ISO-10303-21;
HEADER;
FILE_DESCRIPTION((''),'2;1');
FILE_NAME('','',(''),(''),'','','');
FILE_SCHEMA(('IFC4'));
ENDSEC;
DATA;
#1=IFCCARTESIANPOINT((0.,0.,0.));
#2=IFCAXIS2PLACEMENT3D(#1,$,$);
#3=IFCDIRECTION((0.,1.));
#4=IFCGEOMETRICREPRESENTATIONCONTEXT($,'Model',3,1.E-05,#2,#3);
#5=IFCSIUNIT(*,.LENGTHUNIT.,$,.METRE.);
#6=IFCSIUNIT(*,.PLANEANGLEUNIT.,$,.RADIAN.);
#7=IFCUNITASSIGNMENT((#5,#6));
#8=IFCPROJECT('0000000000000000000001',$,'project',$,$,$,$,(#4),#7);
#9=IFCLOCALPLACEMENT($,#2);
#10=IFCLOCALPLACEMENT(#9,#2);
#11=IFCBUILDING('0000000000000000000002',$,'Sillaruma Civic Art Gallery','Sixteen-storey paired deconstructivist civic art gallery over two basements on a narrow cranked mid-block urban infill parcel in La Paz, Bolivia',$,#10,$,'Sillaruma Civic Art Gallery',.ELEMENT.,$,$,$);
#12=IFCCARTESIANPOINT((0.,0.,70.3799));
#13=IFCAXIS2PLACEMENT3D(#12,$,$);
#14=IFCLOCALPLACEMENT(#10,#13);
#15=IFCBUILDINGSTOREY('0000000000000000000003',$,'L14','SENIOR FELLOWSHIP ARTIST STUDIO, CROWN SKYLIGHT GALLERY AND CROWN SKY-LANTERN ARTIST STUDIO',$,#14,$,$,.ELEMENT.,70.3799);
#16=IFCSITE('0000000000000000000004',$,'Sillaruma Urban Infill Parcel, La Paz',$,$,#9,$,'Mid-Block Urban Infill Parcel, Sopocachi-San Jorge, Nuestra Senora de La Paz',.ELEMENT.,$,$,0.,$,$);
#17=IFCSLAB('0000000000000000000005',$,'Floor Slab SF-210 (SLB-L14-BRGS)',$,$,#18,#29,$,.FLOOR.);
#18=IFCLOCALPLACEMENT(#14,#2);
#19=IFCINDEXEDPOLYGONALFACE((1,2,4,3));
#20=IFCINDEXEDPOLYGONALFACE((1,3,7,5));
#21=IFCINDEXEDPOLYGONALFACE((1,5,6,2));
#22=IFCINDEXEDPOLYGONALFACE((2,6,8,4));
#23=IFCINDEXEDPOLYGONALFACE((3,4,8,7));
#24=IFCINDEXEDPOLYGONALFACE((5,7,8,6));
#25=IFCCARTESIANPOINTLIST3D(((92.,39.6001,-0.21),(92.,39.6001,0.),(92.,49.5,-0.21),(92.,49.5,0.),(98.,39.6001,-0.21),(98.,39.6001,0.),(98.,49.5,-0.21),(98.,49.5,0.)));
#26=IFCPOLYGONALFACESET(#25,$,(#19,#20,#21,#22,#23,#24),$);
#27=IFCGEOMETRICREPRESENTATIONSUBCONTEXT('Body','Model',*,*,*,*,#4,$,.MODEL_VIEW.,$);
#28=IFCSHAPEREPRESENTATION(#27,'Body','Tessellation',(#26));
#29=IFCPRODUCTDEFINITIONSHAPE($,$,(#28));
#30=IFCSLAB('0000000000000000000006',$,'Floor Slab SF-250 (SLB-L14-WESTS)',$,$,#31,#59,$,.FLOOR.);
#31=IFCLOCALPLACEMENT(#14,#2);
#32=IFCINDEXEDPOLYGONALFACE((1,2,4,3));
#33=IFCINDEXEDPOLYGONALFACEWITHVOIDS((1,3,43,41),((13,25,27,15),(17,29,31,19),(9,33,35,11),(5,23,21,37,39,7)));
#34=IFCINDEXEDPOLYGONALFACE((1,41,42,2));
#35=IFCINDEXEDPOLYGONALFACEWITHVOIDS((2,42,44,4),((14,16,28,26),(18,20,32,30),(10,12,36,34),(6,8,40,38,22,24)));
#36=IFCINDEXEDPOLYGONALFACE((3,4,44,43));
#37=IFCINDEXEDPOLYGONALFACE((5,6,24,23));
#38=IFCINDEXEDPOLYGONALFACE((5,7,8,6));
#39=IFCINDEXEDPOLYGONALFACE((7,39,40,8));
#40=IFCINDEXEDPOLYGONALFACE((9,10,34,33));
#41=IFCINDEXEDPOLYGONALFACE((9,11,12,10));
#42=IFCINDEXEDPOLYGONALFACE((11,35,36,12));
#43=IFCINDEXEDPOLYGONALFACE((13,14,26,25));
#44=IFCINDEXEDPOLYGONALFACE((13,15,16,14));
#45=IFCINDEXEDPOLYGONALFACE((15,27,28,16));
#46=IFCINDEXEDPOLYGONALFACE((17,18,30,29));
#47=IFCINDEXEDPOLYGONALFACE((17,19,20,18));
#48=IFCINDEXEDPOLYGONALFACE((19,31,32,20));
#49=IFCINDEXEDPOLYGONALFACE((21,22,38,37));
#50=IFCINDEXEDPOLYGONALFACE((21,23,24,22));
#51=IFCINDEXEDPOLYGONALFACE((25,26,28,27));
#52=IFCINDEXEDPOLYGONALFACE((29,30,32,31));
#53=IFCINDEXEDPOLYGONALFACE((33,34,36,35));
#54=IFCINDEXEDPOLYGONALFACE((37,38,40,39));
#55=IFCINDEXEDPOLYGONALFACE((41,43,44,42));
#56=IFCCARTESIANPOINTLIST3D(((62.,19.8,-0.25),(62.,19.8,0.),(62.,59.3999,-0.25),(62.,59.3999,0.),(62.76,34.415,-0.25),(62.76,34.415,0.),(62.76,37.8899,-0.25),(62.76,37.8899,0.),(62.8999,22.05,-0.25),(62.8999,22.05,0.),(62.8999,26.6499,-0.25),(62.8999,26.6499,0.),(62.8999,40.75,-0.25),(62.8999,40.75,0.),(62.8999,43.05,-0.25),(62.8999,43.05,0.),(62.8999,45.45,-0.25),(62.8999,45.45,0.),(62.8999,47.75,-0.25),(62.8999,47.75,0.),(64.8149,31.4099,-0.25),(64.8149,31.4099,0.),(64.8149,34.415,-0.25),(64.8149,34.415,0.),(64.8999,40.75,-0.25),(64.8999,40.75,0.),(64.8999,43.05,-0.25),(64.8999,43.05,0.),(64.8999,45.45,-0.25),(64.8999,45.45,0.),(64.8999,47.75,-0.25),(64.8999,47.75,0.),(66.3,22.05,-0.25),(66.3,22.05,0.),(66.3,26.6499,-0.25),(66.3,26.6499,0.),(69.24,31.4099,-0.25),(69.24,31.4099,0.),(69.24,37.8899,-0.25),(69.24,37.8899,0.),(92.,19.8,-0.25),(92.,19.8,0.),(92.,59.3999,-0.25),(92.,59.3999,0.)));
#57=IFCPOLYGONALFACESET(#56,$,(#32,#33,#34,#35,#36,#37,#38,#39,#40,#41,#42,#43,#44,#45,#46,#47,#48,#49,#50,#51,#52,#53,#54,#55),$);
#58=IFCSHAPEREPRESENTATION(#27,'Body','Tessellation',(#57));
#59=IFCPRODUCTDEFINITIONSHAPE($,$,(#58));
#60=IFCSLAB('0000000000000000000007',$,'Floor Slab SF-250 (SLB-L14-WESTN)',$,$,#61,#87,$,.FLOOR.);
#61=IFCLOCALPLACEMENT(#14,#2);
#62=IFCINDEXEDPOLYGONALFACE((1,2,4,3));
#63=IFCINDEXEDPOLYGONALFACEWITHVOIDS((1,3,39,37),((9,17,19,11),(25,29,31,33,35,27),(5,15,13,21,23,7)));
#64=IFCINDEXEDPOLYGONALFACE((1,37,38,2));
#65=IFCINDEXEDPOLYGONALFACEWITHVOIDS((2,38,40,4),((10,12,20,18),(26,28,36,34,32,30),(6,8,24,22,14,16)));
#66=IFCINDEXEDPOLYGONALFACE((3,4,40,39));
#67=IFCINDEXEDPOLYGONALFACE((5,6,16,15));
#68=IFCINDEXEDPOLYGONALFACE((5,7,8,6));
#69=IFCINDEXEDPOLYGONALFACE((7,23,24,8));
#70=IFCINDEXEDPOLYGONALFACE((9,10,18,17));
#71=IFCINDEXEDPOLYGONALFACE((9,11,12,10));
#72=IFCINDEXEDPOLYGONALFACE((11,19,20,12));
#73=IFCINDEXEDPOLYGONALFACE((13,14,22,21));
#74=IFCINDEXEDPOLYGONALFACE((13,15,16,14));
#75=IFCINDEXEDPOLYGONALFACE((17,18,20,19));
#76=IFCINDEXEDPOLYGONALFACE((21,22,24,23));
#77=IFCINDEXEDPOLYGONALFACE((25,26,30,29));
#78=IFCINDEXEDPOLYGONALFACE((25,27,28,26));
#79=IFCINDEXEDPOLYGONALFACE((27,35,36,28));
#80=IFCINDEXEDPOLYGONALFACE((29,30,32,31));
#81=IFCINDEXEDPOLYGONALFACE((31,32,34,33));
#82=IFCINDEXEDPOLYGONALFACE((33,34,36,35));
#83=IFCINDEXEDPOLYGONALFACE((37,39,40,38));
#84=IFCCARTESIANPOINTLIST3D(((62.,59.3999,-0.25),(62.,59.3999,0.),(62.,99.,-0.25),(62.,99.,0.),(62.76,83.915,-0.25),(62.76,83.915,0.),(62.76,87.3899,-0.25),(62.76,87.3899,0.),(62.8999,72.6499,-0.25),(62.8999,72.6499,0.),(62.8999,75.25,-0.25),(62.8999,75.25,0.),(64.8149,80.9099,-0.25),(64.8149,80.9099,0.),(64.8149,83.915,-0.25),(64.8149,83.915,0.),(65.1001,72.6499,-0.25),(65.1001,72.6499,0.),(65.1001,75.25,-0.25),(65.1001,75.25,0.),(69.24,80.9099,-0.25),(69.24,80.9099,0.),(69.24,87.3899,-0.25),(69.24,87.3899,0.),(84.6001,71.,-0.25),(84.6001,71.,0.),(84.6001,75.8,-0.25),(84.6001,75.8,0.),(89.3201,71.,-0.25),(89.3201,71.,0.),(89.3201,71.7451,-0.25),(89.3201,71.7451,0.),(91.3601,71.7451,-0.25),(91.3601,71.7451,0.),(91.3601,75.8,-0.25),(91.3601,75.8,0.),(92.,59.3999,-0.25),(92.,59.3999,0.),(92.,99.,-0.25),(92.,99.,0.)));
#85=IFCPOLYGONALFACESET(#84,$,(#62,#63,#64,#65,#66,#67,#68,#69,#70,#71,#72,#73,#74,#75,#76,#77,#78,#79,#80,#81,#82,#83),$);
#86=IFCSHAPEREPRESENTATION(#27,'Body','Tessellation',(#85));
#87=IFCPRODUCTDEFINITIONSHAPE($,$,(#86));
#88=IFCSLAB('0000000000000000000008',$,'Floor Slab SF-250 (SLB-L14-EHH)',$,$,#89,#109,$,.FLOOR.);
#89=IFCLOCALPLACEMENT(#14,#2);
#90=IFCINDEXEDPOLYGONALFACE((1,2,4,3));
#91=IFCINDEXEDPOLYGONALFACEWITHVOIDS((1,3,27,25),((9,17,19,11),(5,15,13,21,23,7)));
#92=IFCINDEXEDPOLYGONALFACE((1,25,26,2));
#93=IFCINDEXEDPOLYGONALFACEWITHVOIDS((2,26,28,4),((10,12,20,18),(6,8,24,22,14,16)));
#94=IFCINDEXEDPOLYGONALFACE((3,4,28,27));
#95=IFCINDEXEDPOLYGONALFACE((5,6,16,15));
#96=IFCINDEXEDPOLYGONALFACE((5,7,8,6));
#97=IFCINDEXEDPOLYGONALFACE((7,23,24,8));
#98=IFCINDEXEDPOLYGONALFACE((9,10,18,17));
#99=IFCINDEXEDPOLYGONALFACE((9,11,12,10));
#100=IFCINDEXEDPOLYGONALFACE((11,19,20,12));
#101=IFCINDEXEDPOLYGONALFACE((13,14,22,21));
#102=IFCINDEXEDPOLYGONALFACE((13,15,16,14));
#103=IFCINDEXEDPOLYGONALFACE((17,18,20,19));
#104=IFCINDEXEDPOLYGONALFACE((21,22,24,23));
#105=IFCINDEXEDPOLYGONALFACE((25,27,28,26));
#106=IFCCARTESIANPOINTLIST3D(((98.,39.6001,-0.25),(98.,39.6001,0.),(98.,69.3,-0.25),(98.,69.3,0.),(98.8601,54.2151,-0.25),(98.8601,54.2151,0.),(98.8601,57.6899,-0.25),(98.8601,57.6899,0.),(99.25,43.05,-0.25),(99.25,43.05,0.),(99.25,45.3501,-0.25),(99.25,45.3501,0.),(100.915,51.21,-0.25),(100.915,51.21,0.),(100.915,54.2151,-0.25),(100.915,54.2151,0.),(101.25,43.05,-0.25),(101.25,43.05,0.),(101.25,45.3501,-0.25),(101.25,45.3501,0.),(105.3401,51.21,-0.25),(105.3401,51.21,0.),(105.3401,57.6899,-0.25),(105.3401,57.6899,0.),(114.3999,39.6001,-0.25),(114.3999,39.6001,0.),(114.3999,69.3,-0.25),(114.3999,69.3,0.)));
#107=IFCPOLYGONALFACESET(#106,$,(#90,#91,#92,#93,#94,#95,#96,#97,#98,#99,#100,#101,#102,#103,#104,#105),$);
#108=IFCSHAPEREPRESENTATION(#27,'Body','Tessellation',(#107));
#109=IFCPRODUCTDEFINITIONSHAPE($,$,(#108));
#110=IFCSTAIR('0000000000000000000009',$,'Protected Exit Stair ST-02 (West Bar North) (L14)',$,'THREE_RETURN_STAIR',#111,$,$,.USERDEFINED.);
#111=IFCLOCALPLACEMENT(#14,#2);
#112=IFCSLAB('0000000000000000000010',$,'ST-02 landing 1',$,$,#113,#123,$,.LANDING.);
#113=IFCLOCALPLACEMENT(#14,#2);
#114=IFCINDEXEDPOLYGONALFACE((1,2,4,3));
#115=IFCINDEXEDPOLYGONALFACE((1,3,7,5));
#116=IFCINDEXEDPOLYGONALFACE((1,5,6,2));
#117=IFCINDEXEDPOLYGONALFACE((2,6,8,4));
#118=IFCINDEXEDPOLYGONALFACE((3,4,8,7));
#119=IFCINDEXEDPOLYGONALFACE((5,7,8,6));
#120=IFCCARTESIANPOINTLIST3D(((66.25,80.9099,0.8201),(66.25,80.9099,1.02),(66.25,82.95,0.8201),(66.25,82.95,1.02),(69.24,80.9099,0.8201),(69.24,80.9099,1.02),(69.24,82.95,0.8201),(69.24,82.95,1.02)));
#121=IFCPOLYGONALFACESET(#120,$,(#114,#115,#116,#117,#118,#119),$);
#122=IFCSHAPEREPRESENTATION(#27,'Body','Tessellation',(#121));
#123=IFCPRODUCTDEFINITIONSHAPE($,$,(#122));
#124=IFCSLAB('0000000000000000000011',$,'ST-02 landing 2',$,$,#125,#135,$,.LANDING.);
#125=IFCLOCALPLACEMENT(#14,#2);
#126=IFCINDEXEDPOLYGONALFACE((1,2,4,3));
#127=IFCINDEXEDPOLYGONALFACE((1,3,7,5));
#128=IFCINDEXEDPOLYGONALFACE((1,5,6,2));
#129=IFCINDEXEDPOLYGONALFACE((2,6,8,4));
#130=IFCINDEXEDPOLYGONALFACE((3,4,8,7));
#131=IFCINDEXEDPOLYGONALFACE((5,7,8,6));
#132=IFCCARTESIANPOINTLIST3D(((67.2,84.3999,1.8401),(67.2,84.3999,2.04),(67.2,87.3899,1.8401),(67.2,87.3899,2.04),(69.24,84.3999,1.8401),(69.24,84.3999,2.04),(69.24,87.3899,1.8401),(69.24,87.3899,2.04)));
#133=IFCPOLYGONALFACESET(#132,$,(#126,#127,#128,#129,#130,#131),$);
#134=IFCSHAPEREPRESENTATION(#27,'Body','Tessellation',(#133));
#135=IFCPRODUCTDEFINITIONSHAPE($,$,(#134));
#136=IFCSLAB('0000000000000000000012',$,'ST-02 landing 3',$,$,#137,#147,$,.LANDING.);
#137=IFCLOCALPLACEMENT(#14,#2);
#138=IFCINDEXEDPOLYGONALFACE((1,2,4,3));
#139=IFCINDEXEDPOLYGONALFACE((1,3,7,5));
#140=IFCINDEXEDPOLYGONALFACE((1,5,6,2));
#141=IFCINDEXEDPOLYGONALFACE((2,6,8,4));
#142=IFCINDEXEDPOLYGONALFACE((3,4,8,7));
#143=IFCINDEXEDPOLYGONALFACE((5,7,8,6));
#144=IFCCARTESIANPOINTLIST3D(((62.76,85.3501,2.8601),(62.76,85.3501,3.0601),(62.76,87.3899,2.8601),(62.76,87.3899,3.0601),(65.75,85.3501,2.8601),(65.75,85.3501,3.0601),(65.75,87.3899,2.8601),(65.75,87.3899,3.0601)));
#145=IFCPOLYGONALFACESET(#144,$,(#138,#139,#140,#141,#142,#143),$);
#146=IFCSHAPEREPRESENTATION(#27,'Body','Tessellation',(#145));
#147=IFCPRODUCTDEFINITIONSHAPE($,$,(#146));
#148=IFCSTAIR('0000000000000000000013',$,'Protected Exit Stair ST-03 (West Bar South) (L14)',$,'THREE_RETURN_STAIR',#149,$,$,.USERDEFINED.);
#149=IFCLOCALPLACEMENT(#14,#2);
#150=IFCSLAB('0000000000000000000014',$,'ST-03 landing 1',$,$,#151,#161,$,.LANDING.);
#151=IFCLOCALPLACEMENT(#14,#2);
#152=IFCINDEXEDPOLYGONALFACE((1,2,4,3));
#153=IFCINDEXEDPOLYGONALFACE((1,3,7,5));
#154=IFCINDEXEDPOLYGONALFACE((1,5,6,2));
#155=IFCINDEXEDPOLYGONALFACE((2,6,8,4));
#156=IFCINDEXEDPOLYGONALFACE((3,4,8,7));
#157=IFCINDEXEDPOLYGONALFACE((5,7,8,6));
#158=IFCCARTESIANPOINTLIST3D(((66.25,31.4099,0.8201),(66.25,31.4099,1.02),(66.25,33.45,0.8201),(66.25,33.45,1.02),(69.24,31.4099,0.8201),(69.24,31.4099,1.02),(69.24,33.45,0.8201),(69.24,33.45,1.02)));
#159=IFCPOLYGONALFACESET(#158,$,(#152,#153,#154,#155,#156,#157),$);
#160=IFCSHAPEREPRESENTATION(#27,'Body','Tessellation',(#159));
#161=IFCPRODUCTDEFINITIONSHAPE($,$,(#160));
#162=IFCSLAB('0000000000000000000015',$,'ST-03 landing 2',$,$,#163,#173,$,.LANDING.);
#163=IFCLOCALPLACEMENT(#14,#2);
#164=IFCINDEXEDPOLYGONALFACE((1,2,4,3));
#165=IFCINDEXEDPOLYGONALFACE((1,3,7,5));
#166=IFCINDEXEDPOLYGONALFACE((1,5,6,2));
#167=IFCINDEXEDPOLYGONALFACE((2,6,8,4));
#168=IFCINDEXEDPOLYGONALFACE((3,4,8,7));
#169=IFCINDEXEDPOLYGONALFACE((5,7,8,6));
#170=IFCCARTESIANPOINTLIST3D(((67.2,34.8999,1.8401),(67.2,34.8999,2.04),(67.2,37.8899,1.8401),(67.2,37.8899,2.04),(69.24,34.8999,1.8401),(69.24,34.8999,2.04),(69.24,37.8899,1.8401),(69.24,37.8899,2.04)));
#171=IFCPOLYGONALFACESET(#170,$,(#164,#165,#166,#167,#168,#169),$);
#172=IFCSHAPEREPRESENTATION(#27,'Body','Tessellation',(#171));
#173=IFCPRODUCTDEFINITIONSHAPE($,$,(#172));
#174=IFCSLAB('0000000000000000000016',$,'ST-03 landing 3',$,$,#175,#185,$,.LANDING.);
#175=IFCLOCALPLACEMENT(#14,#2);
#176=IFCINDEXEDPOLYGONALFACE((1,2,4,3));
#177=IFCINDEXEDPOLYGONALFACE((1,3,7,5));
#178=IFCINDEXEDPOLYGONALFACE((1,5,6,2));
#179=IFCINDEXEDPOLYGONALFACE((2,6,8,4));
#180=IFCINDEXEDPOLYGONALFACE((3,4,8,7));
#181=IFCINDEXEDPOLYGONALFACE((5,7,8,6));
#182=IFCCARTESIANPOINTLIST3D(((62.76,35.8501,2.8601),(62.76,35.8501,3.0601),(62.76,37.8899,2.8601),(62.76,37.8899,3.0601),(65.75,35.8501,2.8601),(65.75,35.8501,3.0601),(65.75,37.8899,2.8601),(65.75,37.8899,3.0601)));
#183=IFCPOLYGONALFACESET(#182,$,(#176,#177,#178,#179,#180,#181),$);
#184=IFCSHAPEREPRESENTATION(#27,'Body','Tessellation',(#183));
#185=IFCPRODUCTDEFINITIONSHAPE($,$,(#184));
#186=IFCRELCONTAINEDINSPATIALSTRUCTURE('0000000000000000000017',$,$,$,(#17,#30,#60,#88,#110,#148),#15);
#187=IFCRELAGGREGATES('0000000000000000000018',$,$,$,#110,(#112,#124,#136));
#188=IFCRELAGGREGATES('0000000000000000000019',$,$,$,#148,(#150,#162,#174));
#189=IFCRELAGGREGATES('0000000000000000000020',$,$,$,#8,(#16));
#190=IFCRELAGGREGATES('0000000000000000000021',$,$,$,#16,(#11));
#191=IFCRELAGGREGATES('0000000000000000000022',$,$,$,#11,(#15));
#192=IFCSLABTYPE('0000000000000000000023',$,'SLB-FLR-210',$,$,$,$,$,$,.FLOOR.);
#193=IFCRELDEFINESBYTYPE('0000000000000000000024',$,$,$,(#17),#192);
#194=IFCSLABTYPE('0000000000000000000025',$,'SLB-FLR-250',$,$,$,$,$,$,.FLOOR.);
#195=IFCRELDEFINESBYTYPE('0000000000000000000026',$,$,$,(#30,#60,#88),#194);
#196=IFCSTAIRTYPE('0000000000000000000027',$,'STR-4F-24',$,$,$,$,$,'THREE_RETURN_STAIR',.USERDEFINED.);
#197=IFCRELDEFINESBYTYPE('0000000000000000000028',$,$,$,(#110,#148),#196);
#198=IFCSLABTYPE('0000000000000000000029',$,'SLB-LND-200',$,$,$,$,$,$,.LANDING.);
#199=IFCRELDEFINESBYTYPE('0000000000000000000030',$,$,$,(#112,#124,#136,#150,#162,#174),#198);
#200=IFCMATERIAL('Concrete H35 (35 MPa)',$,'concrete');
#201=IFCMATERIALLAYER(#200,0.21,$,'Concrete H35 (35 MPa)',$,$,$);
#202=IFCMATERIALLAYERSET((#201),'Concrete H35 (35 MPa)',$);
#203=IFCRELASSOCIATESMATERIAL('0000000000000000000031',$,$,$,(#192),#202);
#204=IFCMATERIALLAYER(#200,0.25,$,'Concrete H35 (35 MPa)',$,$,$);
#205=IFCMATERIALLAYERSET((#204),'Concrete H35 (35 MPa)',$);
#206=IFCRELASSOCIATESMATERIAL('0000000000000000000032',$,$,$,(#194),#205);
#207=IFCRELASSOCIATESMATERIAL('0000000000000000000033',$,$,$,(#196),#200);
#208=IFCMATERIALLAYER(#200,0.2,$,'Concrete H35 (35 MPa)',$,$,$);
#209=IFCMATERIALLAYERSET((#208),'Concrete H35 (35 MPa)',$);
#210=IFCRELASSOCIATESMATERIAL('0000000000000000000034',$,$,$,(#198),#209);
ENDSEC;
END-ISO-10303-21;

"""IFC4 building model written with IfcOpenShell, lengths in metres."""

from ifc_helpers import new_model, si_unit, direction, frame, origin, place, context, subcontext, project, spatial, polyline, outline, extrude, material, layer, layer_set, type_object, element, aggregate, save


model = new_model("IFC4")

# Units and contexts
model_context = context("Model", 3, precision=1e-05, world=origin(), true_north=direction((0.0, 1.0)))
body_context = subcontext(model_context, "Body", "Model", "MODEL_VIEW")
ifc_project = project(units=[si_unit("LENGTHUNIT", "METRE"), si_unit("PLANEANGLEUNIT", "RADIAN")], contexts=[model_context])

# Site, building, storey
site_placement = place(None, origin())
site = spatial("IfcSite", under=ifc_project, at=site_placement, Name="Sillaruma Urban Infill Parcel, La Paz", LongName="Mid-Block Urban Infill Parcel, Sopocachi-San Jorge, Nuestra Senora de La Paz", CompositionType="ELEMENT", RefElevation=0.0)
building_placement = place(site_placement, origin())
building = spatial("IfcBuilding", under=site, at=building_placement, Name="Sillaruma Civic Art Gallery", Description="Sixteen-storey paired deconstructivist civic art gallery over two basements on a narrow cranked mid-block urban infill parcel in La Paz, Bolivia", LongName="Sillaruma Civic Art Gallery", CompositionType="ELEMENT")
storey_placement = place(building_placement, frame((0.0, 0.0, 70.3799)))
storey = spatial("IfcBuildingStorey", under=building, at=storey_placement, Name="L14", Description="SENIOR FELLOWSHIP ARTIST STUDIO, CROWN SKYLIGHT GALLERY AND CROWN SKY-LANTERN ARTIST STUDIO", CompositionType="ELEMENT", Elevation=70.3799)

# Shared definitions
ifc_material_1 = material(Name="Concrete H35 (35 MPa)", Category="concrete")

# Slabs
ifc_layer_1 = layer(ifc_material_1, 0.21, Name="Concrete H35 (35 MPa)")
ifc_layer_set_1 = layer_set([ifc_layer_1], Name="Concrete H35 (35 MPa)")
slab_type_1 = type_object("IfcSlabType", Name="SLB-FLR-210", PredefinedType="FLOOR", material=ifc_layer_set_1)
slab_1_placement = place(storey_placement, frame((0.0, 0.0, -0.21)))
element("IfcSlab", 1, at=slab_1_placement, inside=storey, type_object=slab_type_1, Name="Floor Slab SF-210 (SLB-L14-BRGS)", PredefinedType="FLOOR", context=body_context, shape_type="SweptSolid", body=[
    extrude(outline(polyline([(92.0, 39.6001), (98.0, 39.6001), (98.0, 49.5), (92.0, 49.5), (92.0, 39.6001)])), origin(), (0.0, 0.0, 1.0), 0.21),
])
ifc_layer_2 = layer(ifc_material_1, 0.25, Name="Concrete H35 (35 MPa)")
ifc_layer_set_2 = layer_set([ifc_layer_2], Name="Concrete H35 (35 MPa)")
slab_type_2 = type_object("IfcSlabType", Name="SLB-FLR-250", PredefinedType="FLOOR", material=ifc_layer_set_2)
slab_2_placement = place(storey_placement, frame((0.0, 0.0, -0.25)))
element("IfcSlab", 2, at=slab_2_placement, inside=storey, type_object=slab_type_2, Name="Floor Slab SF-250 (SLB-L14-WESTS)", PredefinedType="FLOOR", context=body_context, shape_type="SweptSolid", body=[
    extrude(outline(polyline([(62.0, 19.8), (92.0, 19.8), (92.0, 59.3999), (62.0, 59.3999), (62.0, 19.8)]), holes=[polyline([(64.8149, 31.4099), (69.24, 31.4099), (69.24, 37.8899), (62.76, 37.8899), (62.76, 34.415), (64.8149, 34.415), (64.8149, 31.4099)]), polyline([(62.8999, 40.75), (64.8999, 40.75), (64.8999, 43.05), (62.8999, 43.05), (62.8999, 40.75)]), polyline([(62.8999, 45.45), (64.8999, 45.45), (64.8999, 47.75), (62.8999, 47.75), (62.8999, 45.45)]), polyline([(62.8999, 22.05), (66.3, 22.05), (66.3, 26.6499), (62.8999, 26.6499), (62.8999, 22.05)])]), origin(), (0.0, 0.0, 1.0), 0.25),
])
slab_3_placement = place(storey_placement, frame((0.0, 0.0, -0.25)))
element("IfcSlab", 3, at=slab_3_placement, inside=storey, type_object=slab_type_2, Name="Floor Slab SF-250 (SLB-L14-WESTN)", PredefinedType="FLOOR", context=body_context, shape_type="SweptSolid", body=[
    extrude(outline(polyline([(62.0, 59.3999), (92.0, 59.3999), (92.0, 99.0), (62.0, 99.0), (62.0, 59.3999)]), holes=[polyline([(64.8149, 80.9099), (69.24, 80.9099), (69.24, 87.3899), (62.76, 87.3899), (62.76, 83.915), (64.8149, 83.915), (64.8149, 80.9099)]), polyline([(84.6001, 71.0), (89.3201, 71.0), (89.3201, 71.7451), (91.3601, 71.7451), (91.3601, 75.8), (84.6001, 75.8), (84.6001, 71.0)]), polyline([(62.8999, 72.6499), (65.1001, 72.6499), (65.1001, 75.25), (62.8999, 75.25), (62.8999, 72.6499)])]), origin(), (0.0, 0.0, 1.0), 0.25),
])
slab_4_placement = place(storey_placement, frame((0.0, 0.0, -0.25)))
element("IfcSlab", 4, at=slab_4_placement, inside=storey, type_object=slab_type_2, Name="Floor Slab SF-250 (SLB-L14-EHH)", PredefinedType="FLOOR", context=body_context, shape_type="SweptSolid", body=[
    extrude(outline(polyline([(98.0, 39.6001), (114.3999, 39.6001), (114.3999, 69.3), (98.0, 69.3), (98.0, 39.6001)]), holes=[polyline([(100.915, 51.21), (105.3401, 51.21), (105.3401, 57.6899), (98.8601, 57.6899), (98.8601, 54.2151), (100.915, 54.2151), (100.915, 51.21)]), polyline([(99.25, 43.05), (101.25, 43.05), (101.25, 45.3501), (99.25, 45.3501), (99.25, 43.05)])]), origin(), (0.0, 0.0, 1.0), 0.25),
])

# Stairs, slabs
stair_type = type_object("IfcStairType", Name="STR-4F-24", ElementType="THREE_RETURN_STAIR", PredefinedType="USERDEFINED", material=ifc_material_1)
stair_1_placement = place(storey_placement, origin())
stair_1 = element("IfcStair", 5, at=stair_1_placement, inside=storey, type_object=stair_type, Name="Protected Exit Stair ST-02 (West Bar North) (L14)", ObjectType="THREE_RETURN_STAIR", PredefinedType="USERDEFINED")
ifc_layer_3 = layer(ifc_material_1, 0.2, Name="Concrete H35 (35 MPa)")
ifc_layer_set_3 = layer_set([ifc_layer_3], Name="Concrete H35 (35 MPa)")
slab_type_3 = type_object("IfcSlabType", Name="SLB-LND-200", PredefinedType="LANDING", material=ifc_layer_set_3)
slab_5_placement = place(storey_placement, frame((0.0, 0.0, 0.8201)))
slab_5 = element("IfcSlab", 6, at=slab_5_placement, type_object=slab_type_3, Name="ST-02 landing 1", PredefinedType="LANDING", context=body_context, shape_type="SweptSolid", body=[
    extrude(outline(polyline([(66.25, 80.9099), (69.24, 80.9099), (69.24, 82.95), (66.25, 82.95), (66.25, 80.9099)])), origin(), (0.0, 0.0, 1.0), 0.2),
])
slab_6_placement = place(storey_placement, frame((0.0, 0.0, 1.8401)))
slab_6 = element("IfcSlab", 7, at=slab_6_placement, type_object=slab_type_3, Name="ST-02 landing 2", PredefinedType="LANDING", context=body_context, shape_type="SweptSolid", body=[
    extrude(outline(polyline([(67.2, 84.3999), (69.24, 84.3999), (69.24, 87.3899), (67.2, 87.3899), (67.2, 84.3999)])), origin(), (0.0, 0.0, 1.0), 0.2),
])
slab_7_placement = place(storey_placement, frame((0.0, 0.0, 2.8601)))
slab_7 = element("IfcSlab", 8, at=slab_7_placement, type_object=slab_type_3, Name="ST-02 landing 3", PredefinedType="LANDING", context=body_context, shape_type="SweptSolid", body=[
    extrude(outline(polyline([(62.76, 85.3501), (65.75, 85.3501), (65.75, 87.3899), (62.76, 87.3899), (62.76, 85.3501)])), origin(), (0.0, 0.0, 1.0), 0.2),
])
aggregate(stair_1, [slab_5, slab_6, slab_7])
stair_2_placement = place(storey_placement, origin())
stair_2 = element("IfcStair", 9, at=stair_2_placement, inside=storey, type_object=stair_type, Name="Protected Exit Stair ST-03 (West Bar South) (L14)", ObjectType="THREE_RETURN_STAIR", PredefinedType="USERDEFINED")
slab_8_placement = place(storey_placement, frame((0.0, 0.0, 0.8201)))
slab_8 = element("IfcSlab", 10, at=slab_8_placement, type_object=slab_type_3, Name="ST-03 landing 1", PredefinedType="LANDING", context=body_context, shape_type="SweptSolid", body=[
    extrude(outline(polyline([(66.25, 31.4099), (69.24, 31.4099), (69.24, 33.45), (66.25, 33.45), (66.25, 31.4099)])), origin(), (0.0, 0.0, 1.0), 0.2),
])
slab_9_placement = place(storey_placement, frame((0.0, 0.0, 1.8401)))
slab_9 = element("IfcSlab", 11, at=slab_9_placement, type_object=slab_type_3, Name="ST-03 landing 2", PredefinedType="LANDING", context=body_context, shape_type="SweptSolid", body=[
    extrude(outline(polyline([(67.2, 34.8999), (69.24, 34.8999), (69.24, 37.8899), (67.2, 37.8899), (67.2, 34.8999)])), origin(), (0.0, 0.0, 1.0), 0.2),
])
slab_10_placement = place(storey_placement, frame((0.0, 0.0, 2.8601)))
slab_10 = element("IfcSlab", 12, at=slab_10_placement, type_object=slab_type_3, Name="ST-03 landing 3", PredefinedType="LANDING", context=body_context, shape_type="SweptSolid", body=[
    extrude(outline(polyline([(62.76, 35.8501), (65.75, 35.8501), (65.75, 37.8899), (62.76, 37.8899), (62.76, 35.8501)])), origin(), (0.0, 0.0, 1.0), 0.2),
])
aggregate(stair_2, [slab_8, slab_9, slab_10])

save(model, "model.ifc")
